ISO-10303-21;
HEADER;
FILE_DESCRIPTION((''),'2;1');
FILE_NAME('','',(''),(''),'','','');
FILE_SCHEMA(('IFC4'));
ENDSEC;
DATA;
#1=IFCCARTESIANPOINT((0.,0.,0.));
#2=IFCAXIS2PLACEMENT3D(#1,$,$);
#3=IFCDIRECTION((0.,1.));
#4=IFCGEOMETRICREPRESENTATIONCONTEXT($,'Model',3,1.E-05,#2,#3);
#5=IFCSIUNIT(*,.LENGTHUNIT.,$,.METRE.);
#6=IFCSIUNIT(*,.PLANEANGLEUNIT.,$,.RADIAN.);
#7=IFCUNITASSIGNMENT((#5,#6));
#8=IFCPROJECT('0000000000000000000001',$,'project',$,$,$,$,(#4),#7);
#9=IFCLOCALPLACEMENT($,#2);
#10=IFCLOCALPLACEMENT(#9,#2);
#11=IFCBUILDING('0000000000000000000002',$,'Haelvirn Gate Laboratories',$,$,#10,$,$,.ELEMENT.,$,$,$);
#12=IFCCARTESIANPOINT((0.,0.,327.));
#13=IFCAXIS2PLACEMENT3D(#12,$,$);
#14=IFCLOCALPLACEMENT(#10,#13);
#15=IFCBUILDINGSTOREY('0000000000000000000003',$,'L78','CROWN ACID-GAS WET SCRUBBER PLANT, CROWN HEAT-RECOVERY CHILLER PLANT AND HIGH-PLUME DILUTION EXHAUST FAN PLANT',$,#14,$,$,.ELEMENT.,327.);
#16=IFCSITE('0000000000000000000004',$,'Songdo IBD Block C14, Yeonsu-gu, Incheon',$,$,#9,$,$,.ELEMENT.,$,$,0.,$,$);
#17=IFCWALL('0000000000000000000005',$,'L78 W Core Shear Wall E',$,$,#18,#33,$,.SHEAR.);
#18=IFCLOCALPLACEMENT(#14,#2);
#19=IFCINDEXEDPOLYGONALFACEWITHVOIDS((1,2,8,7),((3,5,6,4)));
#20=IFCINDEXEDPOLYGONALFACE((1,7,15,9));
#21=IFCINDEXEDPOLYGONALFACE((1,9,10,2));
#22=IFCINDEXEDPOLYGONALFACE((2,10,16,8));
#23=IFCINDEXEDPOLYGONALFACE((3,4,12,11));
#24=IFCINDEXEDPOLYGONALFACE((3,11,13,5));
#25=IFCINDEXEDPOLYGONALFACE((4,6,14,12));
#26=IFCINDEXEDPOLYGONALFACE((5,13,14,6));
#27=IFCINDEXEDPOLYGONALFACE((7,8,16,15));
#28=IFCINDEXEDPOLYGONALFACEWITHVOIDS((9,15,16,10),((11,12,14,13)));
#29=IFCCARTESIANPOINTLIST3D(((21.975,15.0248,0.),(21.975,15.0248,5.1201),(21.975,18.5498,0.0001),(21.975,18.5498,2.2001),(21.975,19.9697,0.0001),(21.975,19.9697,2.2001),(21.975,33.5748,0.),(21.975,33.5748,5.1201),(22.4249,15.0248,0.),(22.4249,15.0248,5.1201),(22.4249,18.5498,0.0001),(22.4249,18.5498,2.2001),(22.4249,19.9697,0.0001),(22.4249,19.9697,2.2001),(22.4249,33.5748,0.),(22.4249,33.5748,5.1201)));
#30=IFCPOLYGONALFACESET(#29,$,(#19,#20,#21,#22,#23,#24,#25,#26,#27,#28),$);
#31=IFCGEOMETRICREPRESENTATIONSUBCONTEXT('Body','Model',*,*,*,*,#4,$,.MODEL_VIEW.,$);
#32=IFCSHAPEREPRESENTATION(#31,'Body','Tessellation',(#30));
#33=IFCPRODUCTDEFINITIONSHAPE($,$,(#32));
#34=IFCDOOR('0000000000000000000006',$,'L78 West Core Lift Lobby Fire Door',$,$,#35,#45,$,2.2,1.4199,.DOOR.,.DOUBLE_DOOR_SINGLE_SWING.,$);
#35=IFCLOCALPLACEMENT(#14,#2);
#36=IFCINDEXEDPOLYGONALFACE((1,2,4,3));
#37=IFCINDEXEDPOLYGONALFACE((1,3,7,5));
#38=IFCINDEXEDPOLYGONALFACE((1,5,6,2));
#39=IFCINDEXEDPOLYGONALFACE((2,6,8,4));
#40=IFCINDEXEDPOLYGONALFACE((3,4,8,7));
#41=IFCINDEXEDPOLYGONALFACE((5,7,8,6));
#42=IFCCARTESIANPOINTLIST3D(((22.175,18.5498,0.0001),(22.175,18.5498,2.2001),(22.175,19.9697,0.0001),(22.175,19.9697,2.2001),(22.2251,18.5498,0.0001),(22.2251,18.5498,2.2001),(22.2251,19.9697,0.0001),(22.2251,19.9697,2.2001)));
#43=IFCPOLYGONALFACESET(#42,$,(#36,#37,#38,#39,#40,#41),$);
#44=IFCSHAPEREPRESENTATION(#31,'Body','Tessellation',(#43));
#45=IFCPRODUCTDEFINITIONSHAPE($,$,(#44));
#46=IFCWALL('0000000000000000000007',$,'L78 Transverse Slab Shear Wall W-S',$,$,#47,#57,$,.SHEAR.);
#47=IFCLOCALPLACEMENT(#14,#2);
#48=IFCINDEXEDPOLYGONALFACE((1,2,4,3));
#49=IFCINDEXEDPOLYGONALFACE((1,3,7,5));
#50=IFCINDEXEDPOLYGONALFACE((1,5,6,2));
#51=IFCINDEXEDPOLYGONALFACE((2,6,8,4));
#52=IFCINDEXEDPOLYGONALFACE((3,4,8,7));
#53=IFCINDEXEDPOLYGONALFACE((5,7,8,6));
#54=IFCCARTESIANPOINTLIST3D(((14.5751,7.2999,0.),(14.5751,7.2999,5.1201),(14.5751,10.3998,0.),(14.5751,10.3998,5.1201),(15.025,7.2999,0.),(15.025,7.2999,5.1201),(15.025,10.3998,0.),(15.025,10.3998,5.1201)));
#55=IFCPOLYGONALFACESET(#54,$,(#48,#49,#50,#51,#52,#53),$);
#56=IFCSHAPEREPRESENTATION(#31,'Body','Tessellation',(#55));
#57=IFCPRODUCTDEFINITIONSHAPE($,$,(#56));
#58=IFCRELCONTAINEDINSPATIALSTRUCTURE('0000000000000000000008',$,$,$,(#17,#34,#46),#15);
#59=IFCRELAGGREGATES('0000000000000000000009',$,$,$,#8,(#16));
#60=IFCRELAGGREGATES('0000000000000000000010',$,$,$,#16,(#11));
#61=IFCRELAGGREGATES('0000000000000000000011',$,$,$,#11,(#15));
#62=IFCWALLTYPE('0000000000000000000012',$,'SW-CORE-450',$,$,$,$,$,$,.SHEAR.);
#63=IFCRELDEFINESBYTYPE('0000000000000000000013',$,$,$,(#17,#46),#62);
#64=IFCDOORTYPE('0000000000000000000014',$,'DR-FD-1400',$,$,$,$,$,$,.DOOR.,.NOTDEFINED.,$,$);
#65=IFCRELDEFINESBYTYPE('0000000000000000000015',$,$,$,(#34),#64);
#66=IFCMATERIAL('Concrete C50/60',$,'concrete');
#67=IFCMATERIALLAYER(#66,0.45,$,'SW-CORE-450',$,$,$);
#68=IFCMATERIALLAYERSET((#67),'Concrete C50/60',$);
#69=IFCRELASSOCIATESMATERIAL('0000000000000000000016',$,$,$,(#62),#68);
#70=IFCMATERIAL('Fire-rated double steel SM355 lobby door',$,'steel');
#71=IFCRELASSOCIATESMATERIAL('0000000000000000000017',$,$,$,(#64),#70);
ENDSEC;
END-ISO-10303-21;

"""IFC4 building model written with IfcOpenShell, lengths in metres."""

from ifc_helpers import new_model, si_unit, direction, frame, frame_2d, origin, place, context, subcontext, project, spatial, rectangle, extrude, source, transform, mapped, material, layer, layer_set, type_object, type_shapes, element, fill, save


model = new_model("IFC4")

# Units and contexts
model_context = context("Model", 3, precision=1e-05, world=origin(), true_north=direction((0.0, 1.0)))
body_context = subcontext(model_context, "Body", "Model", "MODEL_VIEW")
ifc_project = project(units=[si_unit("LENGTHUNIT", "METRE"), si_unit("PLANEANGLEUNIT", "RADIAN")], contexts=[model_context])

# Site, building, storey
site_placement = place(None, origin())
site = spatial("IfcSite", under=ifc_project, at=site_placement, Name="Songdo IBD Block C14, Yeonsu-gu, Incheon", CompositionType="ELEMENT", RefElevation=0.0)
building_placement = place(site_placement, origin())
building = spatial("IfcBuilding", under=site, at=building_placement, Name="Haelvirn Gate Laboratories", CompositionType="ELEMENT")
storey_placement = place(building_placement, frame((0.0, 0.0, 327.0)))
storey = spatial("IfcBuildingStorey", under=building, at=storey_placement, Name="L78", Description="CROWN ACID-GAS WET SCRUBBER PLANT, CROWN HEAT-RECOVERY CHILLER PLANT AND HIGH-PLUME DILUTION EXHAUST FAN PLANT", CompositionType="ELEMENT", Elevation=327.0)

# Shared definitions
ifc_material_1 = material(Name="Concrete C50/60", Category="concrete")

# Wall, opening, door
ifc_layer_1 = layer(ifc_material_1, 0.45, Name="SW-CORE-450")
ifc_layer_set_1 = layer_set([ifc_layer_1], Name="Concrete C50/60")
wall_type_1 = type_object("IfcWallType", Name="SW-CORE-450", PredefinedType="SHEAR", material=ifc_layer_set_1)
wall_1_placement = place(storey_placement, frame((22.2, 15.0249, 0.0), z_axis=(0.0, 0.0, 1.0), x_axis=(0.0, 1.0, 0.0)))
wall_1 = element("IfcWall", 1, at=wall_1_placement, inside=storey, type_object=wall_type_1, Name="L78 W Core Shear Wall E", PredefinedType="SHEAR", context=body_context, shape_type="SweptSolid", body=[
    extrude(rectangle(XDim=18.55, YDim=0.45, at=frame_2d((9.2749, 0.0))), origin(), (0.0, 0.0, 1.0), 5.1201),
])
opening_1_placement = place(wall_1_placement, frame((3.5249, 0.0, 0.0)))
opening_1 = element("IfcOpeningElement", 2, at=opening_1_placement, cuts=wall_1, PredefinedType="OPENING", context=body_context, shape_type="SweptSolid", body=[
    extrude(rectangle(XDim=1.4199, YDim=2.2, at=frame_2d((0.71, 1.1001))), frame((0.0, 0.2349, 0.0), z_axis=(0.0, -1.0, 0.0), x_axis=(1.0, 0.0, 0.0)), (0.0, 0.0, 1.0), 0.47),
])
ifc_material_2 = material(Name="Fire-rated double steel SM355 lobby door", Category="steel")
door_type_1 = type_object("IfcDoorType", Name="DR-FD-1400", OperationType="NOTDEFINED", PredefinedType="DOOR", material=ifc_material_2)
shared_shape_1 = source(origin(), body_context, "Body", "SweptSolid", [
    extrude(rectangle(XDim=1.4199, YDim=2.2, at=frame_2d((0.71, 1.1001))), frame((0.0, 0.0249, 0.0), z_axis=(0.0, -1.0, 0.0), x_axis=(1.0, 0.0, 0.0)), (0.0, 0.0, 1.0), 0.05),
])
type_shapes(door_type_1, [shared_shape_1])
door_1_placement = place(opening_1_placement, origin())
door_1 = element("IfcDoor", 3, at=door_1_placement, inside=storey, type_object=door_type_1, Name="L78 West Core Lift Lobby Fire Door", OperationType="DOUBLE_DOOR_SINGLE_SWING", OverallHeight=2.2, OverallWidth=1.4199, PredefinedType="DOOR", context=body_context, shape_type="MappedRepresentation", body=[
    mapped(shared_shape_1, transform((0.0, 0.0, 0.0), scale=1.0)),
])
fill(opening_1, door_1)

# Wall
wall_2_placement = place(storey_placement, frame((14.8, 7.3, 0.0), z_axis=(0.0, 0.0, 1.0), x_axis=(0.0, 1.0, 0.0)))
element("IfcWall", 4, at=wall_2_placement, inside=storey, type_object=wall_type_1, Name="L78 Transverse Slab Shear Wall W-S", PredefinedType="SHEAR", context=body_context, shape_type="SweptSolid", body=[
    extrude(rectangle(XDim=3.0999, YDim=0.45, at=frame_2d((1.5498, 0.0))), origin(), (0.0, 0.0, 1.0), 5.1201),
])

save(model, "model.ifc")
